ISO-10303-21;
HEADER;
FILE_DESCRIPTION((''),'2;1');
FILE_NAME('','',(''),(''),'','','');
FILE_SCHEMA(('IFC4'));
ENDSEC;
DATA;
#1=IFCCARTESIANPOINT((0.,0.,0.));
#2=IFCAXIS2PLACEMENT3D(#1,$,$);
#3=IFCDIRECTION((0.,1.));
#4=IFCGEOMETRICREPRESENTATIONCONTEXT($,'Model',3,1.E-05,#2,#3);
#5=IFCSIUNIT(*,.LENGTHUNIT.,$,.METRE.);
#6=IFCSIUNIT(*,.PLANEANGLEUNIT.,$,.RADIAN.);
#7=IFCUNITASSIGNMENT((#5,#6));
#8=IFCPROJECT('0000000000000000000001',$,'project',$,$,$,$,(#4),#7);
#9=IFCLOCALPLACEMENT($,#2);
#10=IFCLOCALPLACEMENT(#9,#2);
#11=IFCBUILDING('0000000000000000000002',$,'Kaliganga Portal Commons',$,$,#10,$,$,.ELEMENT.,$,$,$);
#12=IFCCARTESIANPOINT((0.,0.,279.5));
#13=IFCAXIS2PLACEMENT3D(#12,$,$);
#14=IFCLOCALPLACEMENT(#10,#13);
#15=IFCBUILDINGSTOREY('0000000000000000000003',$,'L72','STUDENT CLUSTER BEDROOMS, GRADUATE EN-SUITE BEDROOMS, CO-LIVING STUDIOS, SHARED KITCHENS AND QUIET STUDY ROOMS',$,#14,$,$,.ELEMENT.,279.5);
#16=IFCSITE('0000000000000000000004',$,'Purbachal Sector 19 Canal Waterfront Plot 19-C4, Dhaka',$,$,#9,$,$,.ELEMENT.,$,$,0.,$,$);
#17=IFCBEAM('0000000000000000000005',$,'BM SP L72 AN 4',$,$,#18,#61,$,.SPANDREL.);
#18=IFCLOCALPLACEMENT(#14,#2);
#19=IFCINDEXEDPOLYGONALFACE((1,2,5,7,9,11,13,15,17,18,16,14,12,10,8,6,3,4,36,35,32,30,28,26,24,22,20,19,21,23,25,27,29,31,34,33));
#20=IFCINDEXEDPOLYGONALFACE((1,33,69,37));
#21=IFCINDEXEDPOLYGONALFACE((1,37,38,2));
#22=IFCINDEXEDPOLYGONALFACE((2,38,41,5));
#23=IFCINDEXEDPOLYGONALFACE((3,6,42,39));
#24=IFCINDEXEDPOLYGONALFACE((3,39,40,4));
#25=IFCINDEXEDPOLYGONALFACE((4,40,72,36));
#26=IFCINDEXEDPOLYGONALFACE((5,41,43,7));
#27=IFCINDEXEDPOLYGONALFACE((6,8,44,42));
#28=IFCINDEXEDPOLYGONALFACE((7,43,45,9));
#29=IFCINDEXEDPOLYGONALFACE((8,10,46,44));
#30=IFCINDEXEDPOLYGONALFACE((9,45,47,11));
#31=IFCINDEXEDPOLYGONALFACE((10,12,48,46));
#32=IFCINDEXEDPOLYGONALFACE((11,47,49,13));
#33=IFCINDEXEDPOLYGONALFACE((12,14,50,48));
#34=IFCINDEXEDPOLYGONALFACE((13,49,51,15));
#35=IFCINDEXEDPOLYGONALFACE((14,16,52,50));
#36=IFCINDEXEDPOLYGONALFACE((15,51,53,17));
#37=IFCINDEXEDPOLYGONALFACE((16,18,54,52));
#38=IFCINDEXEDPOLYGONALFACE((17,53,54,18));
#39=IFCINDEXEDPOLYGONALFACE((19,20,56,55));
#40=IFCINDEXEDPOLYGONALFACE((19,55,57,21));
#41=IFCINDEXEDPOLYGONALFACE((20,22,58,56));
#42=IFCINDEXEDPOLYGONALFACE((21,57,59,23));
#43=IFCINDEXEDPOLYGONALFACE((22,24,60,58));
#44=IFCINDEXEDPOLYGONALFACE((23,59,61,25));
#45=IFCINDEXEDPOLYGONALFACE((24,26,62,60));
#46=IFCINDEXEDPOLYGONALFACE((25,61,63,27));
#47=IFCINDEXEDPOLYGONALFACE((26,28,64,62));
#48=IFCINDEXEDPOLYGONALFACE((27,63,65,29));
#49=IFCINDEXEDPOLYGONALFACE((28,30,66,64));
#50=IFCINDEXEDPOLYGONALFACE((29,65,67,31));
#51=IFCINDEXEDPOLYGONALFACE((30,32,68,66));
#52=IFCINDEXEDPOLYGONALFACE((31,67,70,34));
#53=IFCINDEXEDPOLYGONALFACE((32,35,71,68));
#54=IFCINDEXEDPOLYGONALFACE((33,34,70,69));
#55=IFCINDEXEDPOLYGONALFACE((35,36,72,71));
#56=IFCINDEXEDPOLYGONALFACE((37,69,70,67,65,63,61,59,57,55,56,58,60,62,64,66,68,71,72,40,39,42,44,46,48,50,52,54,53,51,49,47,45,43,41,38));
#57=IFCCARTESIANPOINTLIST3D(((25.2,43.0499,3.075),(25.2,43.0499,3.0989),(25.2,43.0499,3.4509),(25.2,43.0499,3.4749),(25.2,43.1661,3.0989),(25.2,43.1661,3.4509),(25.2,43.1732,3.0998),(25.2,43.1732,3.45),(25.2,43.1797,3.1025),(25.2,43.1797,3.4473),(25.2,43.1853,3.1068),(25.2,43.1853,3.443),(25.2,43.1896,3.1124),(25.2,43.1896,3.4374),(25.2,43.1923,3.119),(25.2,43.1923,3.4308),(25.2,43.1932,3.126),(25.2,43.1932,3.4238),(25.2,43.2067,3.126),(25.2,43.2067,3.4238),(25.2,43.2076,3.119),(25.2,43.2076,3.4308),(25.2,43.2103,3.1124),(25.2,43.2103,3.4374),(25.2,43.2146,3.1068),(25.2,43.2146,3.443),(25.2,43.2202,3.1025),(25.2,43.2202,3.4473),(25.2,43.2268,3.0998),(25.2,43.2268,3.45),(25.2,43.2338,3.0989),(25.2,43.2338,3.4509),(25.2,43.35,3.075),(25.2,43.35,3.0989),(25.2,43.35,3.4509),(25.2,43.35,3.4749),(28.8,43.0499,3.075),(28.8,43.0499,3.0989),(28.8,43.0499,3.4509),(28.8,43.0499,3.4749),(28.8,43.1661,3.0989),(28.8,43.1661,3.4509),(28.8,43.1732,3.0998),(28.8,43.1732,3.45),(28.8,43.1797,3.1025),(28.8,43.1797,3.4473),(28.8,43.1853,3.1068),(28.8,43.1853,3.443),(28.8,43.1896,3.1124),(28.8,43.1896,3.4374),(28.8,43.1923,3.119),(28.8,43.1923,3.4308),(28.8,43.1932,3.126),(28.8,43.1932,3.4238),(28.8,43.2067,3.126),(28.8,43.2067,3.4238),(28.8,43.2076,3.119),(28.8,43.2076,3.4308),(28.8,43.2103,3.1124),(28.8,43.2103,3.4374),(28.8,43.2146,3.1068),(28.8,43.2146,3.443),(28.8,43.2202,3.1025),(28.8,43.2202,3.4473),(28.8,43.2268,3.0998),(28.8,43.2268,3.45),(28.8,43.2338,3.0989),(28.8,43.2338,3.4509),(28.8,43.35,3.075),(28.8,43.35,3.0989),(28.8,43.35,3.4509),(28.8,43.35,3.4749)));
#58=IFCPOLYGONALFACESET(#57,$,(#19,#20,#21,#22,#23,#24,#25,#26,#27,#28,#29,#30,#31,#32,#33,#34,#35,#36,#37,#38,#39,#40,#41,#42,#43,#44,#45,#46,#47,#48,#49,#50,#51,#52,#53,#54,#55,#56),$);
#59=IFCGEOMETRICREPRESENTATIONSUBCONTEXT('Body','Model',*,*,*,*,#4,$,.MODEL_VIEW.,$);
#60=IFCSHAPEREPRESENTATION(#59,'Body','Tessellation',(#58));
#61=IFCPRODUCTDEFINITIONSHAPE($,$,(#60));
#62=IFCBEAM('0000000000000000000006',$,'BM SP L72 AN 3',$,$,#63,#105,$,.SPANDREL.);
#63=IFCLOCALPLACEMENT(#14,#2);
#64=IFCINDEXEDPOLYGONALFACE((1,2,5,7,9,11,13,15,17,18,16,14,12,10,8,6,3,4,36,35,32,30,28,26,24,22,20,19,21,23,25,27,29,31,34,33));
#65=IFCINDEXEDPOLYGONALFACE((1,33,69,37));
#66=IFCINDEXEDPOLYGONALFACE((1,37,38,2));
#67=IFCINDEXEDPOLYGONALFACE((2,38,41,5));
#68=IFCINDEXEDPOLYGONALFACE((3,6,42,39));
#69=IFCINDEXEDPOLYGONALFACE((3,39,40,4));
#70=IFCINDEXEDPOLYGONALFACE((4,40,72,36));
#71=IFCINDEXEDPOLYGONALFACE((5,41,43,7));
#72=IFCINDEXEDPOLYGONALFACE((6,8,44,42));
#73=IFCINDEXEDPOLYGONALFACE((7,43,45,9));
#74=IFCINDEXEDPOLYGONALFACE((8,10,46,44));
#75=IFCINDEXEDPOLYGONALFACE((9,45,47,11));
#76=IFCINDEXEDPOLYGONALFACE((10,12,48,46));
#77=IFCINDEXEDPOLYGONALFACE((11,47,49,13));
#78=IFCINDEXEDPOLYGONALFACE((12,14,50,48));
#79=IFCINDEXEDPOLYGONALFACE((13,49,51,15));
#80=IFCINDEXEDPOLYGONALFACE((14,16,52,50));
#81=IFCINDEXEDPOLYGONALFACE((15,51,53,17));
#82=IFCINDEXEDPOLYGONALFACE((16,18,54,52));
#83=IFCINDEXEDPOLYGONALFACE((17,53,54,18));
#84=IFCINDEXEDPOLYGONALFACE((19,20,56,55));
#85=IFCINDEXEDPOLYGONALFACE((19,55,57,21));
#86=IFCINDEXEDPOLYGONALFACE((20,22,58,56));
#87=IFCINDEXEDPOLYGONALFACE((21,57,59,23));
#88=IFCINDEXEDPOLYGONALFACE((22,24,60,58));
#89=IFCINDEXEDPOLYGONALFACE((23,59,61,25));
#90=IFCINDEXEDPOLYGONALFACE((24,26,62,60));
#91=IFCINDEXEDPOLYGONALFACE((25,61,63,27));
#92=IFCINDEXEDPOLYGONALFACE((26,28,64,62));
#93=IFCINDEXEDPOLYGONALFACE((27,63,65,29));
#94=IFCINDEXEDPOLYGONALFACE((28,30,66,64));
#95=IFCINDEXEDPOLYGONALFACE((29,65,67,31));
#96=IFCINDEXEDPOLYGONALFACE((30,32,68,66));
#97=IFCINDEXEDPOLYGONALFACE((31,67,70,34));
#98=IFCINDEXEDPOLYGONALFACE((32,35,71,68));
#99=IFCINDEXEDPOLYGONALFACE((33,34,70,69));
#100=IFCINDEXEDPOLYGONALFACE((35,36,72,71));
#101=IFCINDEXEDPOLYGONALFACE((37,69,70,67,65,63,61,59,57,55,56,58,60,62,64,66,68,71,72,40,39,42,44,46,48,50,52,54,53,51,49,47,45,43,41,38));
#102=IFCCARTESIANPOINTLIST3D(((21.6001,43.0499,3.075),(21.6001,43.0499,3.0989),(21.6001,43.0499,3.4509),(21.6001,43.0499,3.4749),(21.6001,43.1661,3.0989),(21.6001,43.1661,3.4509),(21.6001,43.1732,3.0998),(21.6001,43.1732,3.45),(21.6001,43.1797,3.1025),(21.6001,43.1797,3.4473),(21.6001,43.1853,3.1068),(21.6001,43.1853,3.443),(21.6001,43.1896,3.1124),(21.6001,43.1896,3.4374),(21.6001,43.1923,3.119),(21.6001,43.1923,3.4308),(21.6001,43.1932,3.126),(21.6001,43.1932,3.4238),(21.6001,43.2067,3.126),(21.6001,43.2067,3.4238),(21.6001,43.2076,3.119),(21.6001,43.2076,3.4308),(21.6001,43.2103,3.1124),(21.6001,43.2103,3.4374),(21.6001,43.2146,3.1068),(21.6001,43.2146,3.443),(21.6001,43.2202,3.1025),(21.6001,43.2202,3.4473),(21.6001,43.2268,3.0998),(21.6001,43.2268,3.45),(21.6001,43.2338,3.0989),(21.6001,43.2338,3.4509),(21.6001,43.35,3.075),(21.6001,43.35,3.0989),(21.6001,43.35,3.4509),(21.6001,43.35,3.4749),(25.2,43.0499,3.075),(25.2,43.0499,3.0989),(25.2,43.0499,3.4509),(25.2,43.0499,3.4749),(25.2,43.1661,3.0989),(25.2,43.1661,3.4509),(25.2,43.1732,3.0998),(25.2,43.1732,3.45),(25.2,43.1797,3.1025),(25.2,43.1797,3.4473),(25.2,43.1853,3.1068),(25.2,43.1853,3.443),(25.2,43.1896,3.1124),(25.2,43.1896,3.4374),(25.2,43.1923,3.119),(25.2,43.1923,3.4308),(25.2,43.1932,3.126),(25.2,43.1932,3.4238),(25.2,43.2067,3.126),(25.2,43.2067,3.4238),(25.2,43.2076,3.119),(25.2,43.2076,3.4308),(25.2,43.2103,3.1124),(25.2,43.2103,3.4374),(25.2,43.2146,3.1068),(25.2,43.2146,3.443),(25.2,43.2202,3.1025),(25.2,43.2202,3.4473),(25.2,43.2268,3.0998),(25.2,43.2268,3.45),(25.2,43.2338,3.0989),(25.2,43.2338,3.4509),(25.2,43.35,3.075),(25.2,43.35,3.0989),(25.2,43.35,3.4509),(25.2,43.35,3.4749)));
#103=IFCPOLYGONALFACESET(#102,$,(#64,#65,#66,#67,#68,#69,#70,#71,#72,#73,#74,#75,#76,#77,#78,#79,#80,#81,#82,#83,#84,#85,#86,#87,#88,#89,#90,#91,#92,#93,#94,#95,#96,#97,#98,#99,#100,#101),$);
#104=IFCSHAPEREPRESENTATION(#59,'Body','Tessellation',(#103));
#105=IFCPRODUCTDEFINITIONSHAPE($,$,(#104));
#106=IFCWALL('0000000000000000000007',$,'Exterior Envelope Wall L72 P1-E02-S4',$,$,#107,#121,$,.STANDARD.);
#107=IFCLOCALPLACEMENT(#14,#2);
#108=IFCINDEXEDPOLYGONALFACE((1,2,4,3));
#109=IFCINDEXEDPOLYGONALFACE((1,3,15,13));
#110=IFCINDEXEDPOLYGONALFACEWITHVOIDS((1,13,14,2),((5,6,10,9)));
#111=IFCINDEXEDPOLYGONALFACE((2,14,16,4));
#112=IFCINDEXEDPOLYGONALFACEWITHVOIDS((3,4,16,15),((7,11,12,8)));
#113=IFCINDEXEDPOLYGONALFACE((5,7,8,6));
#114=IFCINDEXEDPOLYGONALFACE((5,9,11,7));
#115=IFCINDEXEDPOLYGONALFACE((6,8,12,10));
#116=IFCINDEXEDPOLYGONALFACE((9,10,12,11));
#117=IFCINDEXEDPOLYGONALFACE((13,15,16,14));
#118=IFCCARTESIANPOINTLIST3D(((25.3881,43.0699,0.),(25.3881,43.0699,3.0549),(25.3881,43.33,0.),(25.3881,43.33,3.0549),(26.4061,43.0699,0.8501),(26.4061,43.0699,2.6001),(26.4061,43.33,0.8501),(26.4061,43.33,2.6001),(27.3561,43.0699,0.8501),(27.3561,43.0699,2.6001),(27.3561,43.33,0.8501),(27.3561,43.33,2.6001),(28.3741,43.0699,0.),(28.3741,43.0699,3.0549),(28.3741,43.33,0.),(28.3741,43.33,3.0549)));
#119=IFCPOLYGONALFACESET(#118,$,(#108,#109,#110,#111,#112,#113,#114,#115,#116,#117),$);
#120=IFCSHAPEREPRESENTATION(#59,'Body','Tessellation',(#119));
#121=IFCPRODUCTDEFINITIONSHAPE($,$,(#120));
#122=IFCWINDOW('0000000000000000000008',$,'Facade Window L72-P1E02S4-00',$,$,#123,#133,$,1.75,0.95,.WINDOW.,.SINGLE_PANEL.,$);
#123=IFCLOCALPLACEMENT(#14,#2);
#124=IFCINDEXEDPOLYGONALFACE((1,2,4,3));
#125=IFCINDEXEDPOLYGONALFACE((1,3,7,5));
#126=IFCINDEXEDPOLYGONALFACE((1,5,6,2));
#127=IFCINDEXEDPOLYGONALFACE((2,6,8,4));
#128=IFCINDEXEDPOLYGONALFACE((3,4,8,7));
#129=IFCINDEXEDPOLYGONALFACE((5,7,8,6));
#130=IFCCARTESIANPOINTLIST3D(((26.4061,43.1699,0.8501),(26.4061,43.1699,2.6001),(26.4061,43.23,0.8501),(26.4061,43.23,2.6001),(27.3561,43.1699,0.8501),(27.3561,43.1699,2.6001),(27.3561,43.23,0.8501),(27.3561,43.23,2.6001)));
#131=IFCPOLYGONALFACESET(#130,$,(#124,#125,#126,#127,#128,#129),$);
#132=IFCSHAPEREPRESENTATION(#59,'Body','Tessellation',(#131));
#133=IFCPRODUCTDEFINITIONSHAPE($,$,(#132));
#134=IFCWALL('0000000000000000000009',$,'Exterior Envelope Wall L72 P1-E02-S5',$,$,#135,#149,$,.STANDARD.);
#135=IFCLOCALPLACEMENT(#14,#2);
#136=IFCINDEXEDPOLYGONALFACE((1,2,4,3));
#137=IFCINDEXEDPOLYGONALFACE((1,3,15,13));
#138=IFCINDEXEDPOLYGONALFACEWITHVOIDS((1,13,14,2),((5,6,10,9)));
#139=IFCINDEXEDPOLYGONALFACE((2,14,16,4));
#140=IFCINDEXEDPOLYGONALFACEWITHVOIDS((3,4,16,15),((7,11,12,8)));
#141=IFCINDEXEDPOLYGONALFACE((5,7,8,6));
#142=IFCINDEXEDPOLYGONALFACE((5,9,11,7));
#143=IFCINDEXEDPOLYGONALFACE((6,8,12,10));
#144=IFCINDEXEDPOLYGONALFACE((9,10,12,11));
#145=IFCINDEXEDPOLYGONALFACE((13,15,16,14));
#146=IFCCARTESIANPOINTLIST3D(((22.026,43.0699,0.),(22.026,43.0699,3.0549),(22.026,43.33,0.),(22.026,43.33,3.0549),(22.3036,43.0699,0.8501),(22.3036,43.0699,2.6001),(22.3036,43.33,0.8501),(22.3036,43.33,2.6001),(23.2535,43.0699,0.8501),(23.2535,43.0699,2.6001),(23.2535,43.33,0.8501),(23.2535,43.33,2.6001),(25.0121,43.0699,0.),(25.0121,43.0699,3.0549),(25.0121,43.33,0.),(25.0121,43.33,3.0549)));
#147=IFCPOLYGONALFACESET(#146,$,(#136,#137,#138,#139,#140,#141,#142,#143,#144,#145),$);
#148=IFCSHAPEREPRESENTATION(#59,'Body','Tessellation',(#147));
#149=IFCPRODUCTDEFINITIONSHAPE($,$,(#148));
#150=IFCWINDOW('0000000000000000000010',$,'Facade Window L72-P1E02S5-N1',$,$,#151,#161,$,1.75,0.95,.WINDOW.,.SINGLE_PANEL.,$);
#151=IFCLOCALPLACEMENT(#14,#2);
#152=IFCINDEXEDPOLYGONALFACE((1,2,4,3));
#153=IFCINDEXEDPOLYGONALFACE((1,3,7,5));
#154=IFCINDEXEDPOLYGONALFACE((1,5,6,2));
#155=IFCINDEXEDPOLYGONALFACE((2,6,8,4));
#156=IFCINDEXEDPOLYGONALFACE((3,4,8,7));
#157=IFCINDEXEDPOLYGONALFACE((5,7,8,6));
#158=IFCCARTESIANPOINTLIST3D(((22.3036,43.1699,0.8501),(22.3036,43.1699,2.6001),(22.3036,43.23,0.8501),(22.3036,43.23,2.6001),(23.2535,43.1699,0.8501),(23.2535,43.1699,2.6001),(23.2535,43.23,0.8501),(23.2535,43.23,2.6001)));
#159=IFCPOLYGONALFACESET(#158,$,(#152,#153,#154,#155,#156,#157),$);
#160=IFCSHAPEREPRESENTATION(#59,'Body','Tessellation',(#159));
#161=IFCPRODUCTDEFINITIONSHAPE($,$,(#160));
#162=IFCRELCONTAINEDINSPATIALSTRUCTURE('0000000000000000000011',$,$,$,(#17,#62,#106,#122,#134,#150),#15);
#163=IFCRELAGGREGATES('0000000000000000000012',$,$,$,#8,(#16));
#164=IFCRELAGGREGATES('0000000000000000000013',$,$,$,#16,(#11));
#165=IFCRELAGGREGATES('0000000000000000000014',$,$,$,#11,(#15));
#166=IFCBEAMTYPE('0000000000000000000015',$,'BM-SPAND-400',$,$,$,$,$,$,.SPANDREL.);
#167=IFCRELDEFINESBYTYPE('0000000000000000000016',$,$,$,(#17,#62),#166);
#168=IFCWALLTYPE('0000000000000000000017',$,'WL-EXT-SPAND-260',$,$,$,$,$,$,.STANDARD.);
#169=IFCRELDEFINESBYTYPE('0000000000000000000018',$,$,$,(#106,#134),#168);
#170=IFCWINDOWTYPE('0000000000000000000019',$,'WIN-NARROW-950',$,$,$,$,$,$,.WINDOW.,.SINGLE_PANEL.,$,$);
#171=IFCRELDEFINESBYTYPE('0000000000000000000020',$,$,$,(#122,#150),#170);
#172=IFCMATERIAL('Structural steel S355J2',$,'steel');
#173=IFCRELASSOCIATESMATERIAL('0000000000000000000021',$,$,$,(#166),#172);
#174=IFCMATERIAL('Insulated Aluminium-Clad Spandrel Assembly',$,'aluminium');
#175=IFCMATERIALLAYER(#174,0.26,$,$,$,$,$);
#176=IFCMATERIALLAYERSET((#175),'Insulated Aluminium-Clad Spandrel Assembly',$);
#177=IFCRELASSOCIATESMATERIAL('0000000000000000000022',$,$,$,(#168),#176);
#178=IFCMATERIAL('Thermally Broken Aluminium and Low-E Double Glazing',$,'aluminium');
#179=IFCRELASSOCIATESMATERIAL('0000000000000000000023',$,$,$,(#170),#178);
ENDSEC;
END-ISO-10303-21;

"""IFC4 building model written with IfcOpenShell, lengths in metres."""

from ifc_helpers import new_model, si_unit, direction, frame, frame_2d, origin, origin_2d, place, context, subcontext, project, spatial, rectangle, i_section, extrude, source, transform, mapped, material, layer, layer_set, material_profile, profile_set, type_object, element, fill, save


model = new_model("IFC4")

# Units and contexts
model_context = context("Model", 3, precision=1e-05, world=origin(), true_north=direction((0.0, 1.0)))
body_context = subcontext(model_context, "Body", "Model", "MODEL_VIEW")
ifc_project = project(units=[si_unit("LENGTHUNIT", "METRE"), si_unit("PLANEANGLEUNIT", "RADIAN")], contexts=[model_context])

# Site, building, storey
site_placement = place(None, origin())
site = spatial("IfcSite", under=ifc_project, at=site_placement, Name="Purbachal Sector 19 Canal Waterfront Plot 19-C4, Dhaka", CompositionType="ELEMENT", RefElevation=0.0)
building_placement = place(site_placement, origin())
building = spatial("IfcBuilding", under=site, at=building_placement, Name="Kaliganga Portal Commons", CompositionType="ELEMENT")
storey_placement = place(building_placement, frame((0.0, 0.0, 279.5)))
storey = spatial("IfcBuildingStorey", under=building, at=storey_placement, Name="L72", Description="STUDENT CLUSTER BEDROOMS, GRADUATE EN-SUITE BEDROOMS, CO-LIVING STUDIOS, SHARED KITCHENS AND QUIET STUDY ROOMS", CompositionType="ELEMENT", Elevation=279.5)

# Shared definitions
ifc_material_1 = material(Name="Structural steel S355J2", Category="steel")

# Beams
ifc_material_profile_1 = material_profile(ifc_material_1, i_section(OverallWidth=0.3, OverallDepth=0.3999, WebThickness=0.0134, FlangeThickness=0.0239, FilletRadius=0.0271, at=origin_2d()), Name="HE 400 B")
ifc_profile_set_1 = profile_set([ifc_material_profile_1], Name="Structural steel S355J2 wide-flange")
beam_type = type_object("IfcBeamType", Name="BM-SPAND-400", PredefinedType="SPANDREL", material=ifc_profile_set_1)
shared_shape_1 = source(origin(), body_context, "Body", "SweptSolid", [
    extrude(i_section(OverallWidth=0.3, OverallDepth=0.3999, WebThickness=0.0134, FlangeThickness=0.0239, FilletRadius=0.0271, at=origin_2d()), origin(), (0.0, 0.0, 1.0), 3.6001),
])
for number, where, z_axis, x_axis, name in (
    (1, (25.2, 43.2, 3.2749), (1.0, 0.0, 0.0), (0.0, 1.0, 0.0), "BM SP L72 AN 4"),
):
    element("IfcBeam", number, at=place(storey_placement, frame(where, z_axis=z_axis, x_axis=x_axis)), inside=storey, type_object=beam_type, Name=name, PredefinedType="SPANDREL", context=body_context, shape_type="MappedRepresentation", body=[
        mapped(shared_shape_1, transform((0.0, 0.0, 0.0), x_axis=(1.0, 0.0, 0.0), y_axis=(0.0, 1.0, 0.0), z_axis=(0.0, 0.0, 1.0), scale=1.0)),
    ])
shared_shape_2 = source(origin(), body_context, "Body", "SweptSolid", [
    extrude(i_section(OverallWidth=0.3, OverallDepth=0.3999, WebThickness=0.0134, FlangeThickness=0.0239, FilletRadius=0.0271, at=origin_2d()), origin(), (0.0, 0.0, 1.0), 3.5999),
])
beam_placement = place(storey_placement, frame((21.6001, 43.2, 3.2749), z_axis=(1.0, 0.0, 0.0), x_axis=(0.0, 1.0, 0.0)))
element("IfcBeam", 2, at=beam_placement, inside=storey, type_object=beam_type, Name="BM SP L72 AN 3", PredefinedType="SPANDREL", context=body_context, shape_type="MappedRepresentation", body=[
    mapped(shared_shape_2, transform((0.0, 0.0, 0.0), x_axis=(1.0, 0.0, 0.0), y_axis=(0.0, 1.0, 0.0), z_axis=(0.0, 0.0, 1.0), scale=1.0)),
])

# Walls, openings, windows
ifc_material_2 = material(Name="Insulated Aluminium-Clad Spandrel Assembly", Category="aluminium")
ifc_layer_1 = layer(ifc_material_2, 0.26)
ifc_layer_set_1 = layer_set([ifc_layer_1], Name="Insulated Aluminium-Clad Spandrel Assembly")
wall_type_1 = type_object("IfcWallType", Name="WL-EXT-SPAND-260", PredefinedType="STANDARD", material=ifc_layer_set_1)
wall_1_placement = place(storey_placement, frame((25.3879, 43.2, 0.0), z_axis=(0.0, 0.0, 1.0), x_axis=(1.0, 0.0, 0.0)))
wall_1 = element("IfcWall", 3, at=wall_1_placement, inside=storey, type_object=wall_type_1, Name="Exterior Envelope Wall L72 P1-E02-S4", PredefinedType="STANDARD", context=body_context, shape_type="SweptSolid", body=[
    extrude(rectangle(XDim=2.9861, YDim=0.26, at=frame_2d((1.4932, 0.0))), origin(), (0.0, 0.0, 1.0), 3.0549),
])
opening_1_placement = place(wall_1_placement, frame((1.0181, 0.0, 0.8501)))
opening_1 = element("IfcOpeningElement", 4, at=opening_1_placement, cuts=wall_1, PredefinedType="OPENING", context=body_context, shape_type="SweptSolid", body=[
    extrude(rectangle(XDim=0.95, YDim=1.75, at=frame_2d((0.4751, 0.875))), frame((0.0, 0.1401, 0.0), z_axis=(0.0, -1.0, 0.0), x_axis=(1.0, 0.0, 0.0)), (0.0, 0.0, 1.0), 0.28),
])
ifc_material_3 = material(Name="Thermally Broken Aluminium and Low-E Double Glazing", Category="aluminium")
window_type = type_object("IfcWindowType", Name="WIN-NARROW-950", PartitioningType="SINGLE_PANEL", PredefinedType="WINDOW", material=ifc_material_3)
window_1_placement = place(opening_1_placement, origin())
window_1 = element("IfcWindow", 5, at=window_1_placement, inside=storey, type_object=window_type, Name="Facade Window L72-P1E02S4-00", OverallHeight=1.75, OverallWidth=0.95, PartitioningType="SINGLE_PANEL", PredefinedType="WINDOW", context=body_context, shape_type="SweptSolid", body=[
    extrude(rectangle(XDim=0.95, YDim=1.75, at=frame_2d((0.4751, 0.875))), frame((0.0, 0.03, 0.0), z_axis=(0.0, -1.0, 0.0), x_axis=(1.0, 0.0, 0.0)), (0.0, 0.0, 1.0), 0.0601),
])
fill(opening_1, window_1)
wall_2_placement = place(storey_placement, frame((22.0259, 43.2, 0.0), z_axis=(0.0, 0.0, 1.0), x_axis=(1.0, 0.0, 0.0)))
wall_2 = element("IfcWall", 6, at=wall_2_placement, inside=storey, type_object=wall_type_1, Name="Exterior Envelope Wall L72 P1-E02-S5", PredefinedType="STANDARD", context=body_context, shape_type="SweptSolid", body=[
    extrude(rectangle(XDim=2.9861, YDim=0.26, at=frame_2d((1.4932, 0.0))), origin(), (0.0, 0.0, 1.0), 3.0549),
])
opening_2_placement = place(wall_2_placement, frame((0.2776, 0.0, 0.8501)))
opening_2 = element("IfcOpeningElement", 7, at=opening_2_placement, cuts=wall_2, PredefinedType="OPENING", context=body_context, shape_type="SweptSolid", body=[
    extrude(rectangle(XDim=0.95, YDim=1.75, at=frame_2d((0.4751, 0.875))), frame((0.0, 0.1401, 0.0), z_axis=(0.0, -1.0, 0.0), x_axis=(1.0, 0.0, 0.0)), (0.0, 0.0, 1.0), 0.28),
])
window_2_placement = place(opening_2_placement, origin())
window_2 = element("IfcWindow", 8, at=window_2_placement, inside=storey, type_object=window_type, Name="Facade Window L72-P1E02S5-N1", OverallHeight=1.75, OverallWidth=0.95, PartitioningType="SINGLE_PANEL", PredefinedType="WINDOW", context=body_context, shape_type="SweptSolid", body=[
    extrude(rectangle(XDim=0.95, YDim=1.75, at=frame_2d((0.4751, 0.875))), frame((0.0, 0.03, 0.0), z_axis=(0.0, -1.0, 0.0), x_axis=(1.0, 0.0, 0.0)), (0.0, 0.0, 1.0), 0.0601),
])
fill(opening_2, window_2)

save(model, "model.ifc")
